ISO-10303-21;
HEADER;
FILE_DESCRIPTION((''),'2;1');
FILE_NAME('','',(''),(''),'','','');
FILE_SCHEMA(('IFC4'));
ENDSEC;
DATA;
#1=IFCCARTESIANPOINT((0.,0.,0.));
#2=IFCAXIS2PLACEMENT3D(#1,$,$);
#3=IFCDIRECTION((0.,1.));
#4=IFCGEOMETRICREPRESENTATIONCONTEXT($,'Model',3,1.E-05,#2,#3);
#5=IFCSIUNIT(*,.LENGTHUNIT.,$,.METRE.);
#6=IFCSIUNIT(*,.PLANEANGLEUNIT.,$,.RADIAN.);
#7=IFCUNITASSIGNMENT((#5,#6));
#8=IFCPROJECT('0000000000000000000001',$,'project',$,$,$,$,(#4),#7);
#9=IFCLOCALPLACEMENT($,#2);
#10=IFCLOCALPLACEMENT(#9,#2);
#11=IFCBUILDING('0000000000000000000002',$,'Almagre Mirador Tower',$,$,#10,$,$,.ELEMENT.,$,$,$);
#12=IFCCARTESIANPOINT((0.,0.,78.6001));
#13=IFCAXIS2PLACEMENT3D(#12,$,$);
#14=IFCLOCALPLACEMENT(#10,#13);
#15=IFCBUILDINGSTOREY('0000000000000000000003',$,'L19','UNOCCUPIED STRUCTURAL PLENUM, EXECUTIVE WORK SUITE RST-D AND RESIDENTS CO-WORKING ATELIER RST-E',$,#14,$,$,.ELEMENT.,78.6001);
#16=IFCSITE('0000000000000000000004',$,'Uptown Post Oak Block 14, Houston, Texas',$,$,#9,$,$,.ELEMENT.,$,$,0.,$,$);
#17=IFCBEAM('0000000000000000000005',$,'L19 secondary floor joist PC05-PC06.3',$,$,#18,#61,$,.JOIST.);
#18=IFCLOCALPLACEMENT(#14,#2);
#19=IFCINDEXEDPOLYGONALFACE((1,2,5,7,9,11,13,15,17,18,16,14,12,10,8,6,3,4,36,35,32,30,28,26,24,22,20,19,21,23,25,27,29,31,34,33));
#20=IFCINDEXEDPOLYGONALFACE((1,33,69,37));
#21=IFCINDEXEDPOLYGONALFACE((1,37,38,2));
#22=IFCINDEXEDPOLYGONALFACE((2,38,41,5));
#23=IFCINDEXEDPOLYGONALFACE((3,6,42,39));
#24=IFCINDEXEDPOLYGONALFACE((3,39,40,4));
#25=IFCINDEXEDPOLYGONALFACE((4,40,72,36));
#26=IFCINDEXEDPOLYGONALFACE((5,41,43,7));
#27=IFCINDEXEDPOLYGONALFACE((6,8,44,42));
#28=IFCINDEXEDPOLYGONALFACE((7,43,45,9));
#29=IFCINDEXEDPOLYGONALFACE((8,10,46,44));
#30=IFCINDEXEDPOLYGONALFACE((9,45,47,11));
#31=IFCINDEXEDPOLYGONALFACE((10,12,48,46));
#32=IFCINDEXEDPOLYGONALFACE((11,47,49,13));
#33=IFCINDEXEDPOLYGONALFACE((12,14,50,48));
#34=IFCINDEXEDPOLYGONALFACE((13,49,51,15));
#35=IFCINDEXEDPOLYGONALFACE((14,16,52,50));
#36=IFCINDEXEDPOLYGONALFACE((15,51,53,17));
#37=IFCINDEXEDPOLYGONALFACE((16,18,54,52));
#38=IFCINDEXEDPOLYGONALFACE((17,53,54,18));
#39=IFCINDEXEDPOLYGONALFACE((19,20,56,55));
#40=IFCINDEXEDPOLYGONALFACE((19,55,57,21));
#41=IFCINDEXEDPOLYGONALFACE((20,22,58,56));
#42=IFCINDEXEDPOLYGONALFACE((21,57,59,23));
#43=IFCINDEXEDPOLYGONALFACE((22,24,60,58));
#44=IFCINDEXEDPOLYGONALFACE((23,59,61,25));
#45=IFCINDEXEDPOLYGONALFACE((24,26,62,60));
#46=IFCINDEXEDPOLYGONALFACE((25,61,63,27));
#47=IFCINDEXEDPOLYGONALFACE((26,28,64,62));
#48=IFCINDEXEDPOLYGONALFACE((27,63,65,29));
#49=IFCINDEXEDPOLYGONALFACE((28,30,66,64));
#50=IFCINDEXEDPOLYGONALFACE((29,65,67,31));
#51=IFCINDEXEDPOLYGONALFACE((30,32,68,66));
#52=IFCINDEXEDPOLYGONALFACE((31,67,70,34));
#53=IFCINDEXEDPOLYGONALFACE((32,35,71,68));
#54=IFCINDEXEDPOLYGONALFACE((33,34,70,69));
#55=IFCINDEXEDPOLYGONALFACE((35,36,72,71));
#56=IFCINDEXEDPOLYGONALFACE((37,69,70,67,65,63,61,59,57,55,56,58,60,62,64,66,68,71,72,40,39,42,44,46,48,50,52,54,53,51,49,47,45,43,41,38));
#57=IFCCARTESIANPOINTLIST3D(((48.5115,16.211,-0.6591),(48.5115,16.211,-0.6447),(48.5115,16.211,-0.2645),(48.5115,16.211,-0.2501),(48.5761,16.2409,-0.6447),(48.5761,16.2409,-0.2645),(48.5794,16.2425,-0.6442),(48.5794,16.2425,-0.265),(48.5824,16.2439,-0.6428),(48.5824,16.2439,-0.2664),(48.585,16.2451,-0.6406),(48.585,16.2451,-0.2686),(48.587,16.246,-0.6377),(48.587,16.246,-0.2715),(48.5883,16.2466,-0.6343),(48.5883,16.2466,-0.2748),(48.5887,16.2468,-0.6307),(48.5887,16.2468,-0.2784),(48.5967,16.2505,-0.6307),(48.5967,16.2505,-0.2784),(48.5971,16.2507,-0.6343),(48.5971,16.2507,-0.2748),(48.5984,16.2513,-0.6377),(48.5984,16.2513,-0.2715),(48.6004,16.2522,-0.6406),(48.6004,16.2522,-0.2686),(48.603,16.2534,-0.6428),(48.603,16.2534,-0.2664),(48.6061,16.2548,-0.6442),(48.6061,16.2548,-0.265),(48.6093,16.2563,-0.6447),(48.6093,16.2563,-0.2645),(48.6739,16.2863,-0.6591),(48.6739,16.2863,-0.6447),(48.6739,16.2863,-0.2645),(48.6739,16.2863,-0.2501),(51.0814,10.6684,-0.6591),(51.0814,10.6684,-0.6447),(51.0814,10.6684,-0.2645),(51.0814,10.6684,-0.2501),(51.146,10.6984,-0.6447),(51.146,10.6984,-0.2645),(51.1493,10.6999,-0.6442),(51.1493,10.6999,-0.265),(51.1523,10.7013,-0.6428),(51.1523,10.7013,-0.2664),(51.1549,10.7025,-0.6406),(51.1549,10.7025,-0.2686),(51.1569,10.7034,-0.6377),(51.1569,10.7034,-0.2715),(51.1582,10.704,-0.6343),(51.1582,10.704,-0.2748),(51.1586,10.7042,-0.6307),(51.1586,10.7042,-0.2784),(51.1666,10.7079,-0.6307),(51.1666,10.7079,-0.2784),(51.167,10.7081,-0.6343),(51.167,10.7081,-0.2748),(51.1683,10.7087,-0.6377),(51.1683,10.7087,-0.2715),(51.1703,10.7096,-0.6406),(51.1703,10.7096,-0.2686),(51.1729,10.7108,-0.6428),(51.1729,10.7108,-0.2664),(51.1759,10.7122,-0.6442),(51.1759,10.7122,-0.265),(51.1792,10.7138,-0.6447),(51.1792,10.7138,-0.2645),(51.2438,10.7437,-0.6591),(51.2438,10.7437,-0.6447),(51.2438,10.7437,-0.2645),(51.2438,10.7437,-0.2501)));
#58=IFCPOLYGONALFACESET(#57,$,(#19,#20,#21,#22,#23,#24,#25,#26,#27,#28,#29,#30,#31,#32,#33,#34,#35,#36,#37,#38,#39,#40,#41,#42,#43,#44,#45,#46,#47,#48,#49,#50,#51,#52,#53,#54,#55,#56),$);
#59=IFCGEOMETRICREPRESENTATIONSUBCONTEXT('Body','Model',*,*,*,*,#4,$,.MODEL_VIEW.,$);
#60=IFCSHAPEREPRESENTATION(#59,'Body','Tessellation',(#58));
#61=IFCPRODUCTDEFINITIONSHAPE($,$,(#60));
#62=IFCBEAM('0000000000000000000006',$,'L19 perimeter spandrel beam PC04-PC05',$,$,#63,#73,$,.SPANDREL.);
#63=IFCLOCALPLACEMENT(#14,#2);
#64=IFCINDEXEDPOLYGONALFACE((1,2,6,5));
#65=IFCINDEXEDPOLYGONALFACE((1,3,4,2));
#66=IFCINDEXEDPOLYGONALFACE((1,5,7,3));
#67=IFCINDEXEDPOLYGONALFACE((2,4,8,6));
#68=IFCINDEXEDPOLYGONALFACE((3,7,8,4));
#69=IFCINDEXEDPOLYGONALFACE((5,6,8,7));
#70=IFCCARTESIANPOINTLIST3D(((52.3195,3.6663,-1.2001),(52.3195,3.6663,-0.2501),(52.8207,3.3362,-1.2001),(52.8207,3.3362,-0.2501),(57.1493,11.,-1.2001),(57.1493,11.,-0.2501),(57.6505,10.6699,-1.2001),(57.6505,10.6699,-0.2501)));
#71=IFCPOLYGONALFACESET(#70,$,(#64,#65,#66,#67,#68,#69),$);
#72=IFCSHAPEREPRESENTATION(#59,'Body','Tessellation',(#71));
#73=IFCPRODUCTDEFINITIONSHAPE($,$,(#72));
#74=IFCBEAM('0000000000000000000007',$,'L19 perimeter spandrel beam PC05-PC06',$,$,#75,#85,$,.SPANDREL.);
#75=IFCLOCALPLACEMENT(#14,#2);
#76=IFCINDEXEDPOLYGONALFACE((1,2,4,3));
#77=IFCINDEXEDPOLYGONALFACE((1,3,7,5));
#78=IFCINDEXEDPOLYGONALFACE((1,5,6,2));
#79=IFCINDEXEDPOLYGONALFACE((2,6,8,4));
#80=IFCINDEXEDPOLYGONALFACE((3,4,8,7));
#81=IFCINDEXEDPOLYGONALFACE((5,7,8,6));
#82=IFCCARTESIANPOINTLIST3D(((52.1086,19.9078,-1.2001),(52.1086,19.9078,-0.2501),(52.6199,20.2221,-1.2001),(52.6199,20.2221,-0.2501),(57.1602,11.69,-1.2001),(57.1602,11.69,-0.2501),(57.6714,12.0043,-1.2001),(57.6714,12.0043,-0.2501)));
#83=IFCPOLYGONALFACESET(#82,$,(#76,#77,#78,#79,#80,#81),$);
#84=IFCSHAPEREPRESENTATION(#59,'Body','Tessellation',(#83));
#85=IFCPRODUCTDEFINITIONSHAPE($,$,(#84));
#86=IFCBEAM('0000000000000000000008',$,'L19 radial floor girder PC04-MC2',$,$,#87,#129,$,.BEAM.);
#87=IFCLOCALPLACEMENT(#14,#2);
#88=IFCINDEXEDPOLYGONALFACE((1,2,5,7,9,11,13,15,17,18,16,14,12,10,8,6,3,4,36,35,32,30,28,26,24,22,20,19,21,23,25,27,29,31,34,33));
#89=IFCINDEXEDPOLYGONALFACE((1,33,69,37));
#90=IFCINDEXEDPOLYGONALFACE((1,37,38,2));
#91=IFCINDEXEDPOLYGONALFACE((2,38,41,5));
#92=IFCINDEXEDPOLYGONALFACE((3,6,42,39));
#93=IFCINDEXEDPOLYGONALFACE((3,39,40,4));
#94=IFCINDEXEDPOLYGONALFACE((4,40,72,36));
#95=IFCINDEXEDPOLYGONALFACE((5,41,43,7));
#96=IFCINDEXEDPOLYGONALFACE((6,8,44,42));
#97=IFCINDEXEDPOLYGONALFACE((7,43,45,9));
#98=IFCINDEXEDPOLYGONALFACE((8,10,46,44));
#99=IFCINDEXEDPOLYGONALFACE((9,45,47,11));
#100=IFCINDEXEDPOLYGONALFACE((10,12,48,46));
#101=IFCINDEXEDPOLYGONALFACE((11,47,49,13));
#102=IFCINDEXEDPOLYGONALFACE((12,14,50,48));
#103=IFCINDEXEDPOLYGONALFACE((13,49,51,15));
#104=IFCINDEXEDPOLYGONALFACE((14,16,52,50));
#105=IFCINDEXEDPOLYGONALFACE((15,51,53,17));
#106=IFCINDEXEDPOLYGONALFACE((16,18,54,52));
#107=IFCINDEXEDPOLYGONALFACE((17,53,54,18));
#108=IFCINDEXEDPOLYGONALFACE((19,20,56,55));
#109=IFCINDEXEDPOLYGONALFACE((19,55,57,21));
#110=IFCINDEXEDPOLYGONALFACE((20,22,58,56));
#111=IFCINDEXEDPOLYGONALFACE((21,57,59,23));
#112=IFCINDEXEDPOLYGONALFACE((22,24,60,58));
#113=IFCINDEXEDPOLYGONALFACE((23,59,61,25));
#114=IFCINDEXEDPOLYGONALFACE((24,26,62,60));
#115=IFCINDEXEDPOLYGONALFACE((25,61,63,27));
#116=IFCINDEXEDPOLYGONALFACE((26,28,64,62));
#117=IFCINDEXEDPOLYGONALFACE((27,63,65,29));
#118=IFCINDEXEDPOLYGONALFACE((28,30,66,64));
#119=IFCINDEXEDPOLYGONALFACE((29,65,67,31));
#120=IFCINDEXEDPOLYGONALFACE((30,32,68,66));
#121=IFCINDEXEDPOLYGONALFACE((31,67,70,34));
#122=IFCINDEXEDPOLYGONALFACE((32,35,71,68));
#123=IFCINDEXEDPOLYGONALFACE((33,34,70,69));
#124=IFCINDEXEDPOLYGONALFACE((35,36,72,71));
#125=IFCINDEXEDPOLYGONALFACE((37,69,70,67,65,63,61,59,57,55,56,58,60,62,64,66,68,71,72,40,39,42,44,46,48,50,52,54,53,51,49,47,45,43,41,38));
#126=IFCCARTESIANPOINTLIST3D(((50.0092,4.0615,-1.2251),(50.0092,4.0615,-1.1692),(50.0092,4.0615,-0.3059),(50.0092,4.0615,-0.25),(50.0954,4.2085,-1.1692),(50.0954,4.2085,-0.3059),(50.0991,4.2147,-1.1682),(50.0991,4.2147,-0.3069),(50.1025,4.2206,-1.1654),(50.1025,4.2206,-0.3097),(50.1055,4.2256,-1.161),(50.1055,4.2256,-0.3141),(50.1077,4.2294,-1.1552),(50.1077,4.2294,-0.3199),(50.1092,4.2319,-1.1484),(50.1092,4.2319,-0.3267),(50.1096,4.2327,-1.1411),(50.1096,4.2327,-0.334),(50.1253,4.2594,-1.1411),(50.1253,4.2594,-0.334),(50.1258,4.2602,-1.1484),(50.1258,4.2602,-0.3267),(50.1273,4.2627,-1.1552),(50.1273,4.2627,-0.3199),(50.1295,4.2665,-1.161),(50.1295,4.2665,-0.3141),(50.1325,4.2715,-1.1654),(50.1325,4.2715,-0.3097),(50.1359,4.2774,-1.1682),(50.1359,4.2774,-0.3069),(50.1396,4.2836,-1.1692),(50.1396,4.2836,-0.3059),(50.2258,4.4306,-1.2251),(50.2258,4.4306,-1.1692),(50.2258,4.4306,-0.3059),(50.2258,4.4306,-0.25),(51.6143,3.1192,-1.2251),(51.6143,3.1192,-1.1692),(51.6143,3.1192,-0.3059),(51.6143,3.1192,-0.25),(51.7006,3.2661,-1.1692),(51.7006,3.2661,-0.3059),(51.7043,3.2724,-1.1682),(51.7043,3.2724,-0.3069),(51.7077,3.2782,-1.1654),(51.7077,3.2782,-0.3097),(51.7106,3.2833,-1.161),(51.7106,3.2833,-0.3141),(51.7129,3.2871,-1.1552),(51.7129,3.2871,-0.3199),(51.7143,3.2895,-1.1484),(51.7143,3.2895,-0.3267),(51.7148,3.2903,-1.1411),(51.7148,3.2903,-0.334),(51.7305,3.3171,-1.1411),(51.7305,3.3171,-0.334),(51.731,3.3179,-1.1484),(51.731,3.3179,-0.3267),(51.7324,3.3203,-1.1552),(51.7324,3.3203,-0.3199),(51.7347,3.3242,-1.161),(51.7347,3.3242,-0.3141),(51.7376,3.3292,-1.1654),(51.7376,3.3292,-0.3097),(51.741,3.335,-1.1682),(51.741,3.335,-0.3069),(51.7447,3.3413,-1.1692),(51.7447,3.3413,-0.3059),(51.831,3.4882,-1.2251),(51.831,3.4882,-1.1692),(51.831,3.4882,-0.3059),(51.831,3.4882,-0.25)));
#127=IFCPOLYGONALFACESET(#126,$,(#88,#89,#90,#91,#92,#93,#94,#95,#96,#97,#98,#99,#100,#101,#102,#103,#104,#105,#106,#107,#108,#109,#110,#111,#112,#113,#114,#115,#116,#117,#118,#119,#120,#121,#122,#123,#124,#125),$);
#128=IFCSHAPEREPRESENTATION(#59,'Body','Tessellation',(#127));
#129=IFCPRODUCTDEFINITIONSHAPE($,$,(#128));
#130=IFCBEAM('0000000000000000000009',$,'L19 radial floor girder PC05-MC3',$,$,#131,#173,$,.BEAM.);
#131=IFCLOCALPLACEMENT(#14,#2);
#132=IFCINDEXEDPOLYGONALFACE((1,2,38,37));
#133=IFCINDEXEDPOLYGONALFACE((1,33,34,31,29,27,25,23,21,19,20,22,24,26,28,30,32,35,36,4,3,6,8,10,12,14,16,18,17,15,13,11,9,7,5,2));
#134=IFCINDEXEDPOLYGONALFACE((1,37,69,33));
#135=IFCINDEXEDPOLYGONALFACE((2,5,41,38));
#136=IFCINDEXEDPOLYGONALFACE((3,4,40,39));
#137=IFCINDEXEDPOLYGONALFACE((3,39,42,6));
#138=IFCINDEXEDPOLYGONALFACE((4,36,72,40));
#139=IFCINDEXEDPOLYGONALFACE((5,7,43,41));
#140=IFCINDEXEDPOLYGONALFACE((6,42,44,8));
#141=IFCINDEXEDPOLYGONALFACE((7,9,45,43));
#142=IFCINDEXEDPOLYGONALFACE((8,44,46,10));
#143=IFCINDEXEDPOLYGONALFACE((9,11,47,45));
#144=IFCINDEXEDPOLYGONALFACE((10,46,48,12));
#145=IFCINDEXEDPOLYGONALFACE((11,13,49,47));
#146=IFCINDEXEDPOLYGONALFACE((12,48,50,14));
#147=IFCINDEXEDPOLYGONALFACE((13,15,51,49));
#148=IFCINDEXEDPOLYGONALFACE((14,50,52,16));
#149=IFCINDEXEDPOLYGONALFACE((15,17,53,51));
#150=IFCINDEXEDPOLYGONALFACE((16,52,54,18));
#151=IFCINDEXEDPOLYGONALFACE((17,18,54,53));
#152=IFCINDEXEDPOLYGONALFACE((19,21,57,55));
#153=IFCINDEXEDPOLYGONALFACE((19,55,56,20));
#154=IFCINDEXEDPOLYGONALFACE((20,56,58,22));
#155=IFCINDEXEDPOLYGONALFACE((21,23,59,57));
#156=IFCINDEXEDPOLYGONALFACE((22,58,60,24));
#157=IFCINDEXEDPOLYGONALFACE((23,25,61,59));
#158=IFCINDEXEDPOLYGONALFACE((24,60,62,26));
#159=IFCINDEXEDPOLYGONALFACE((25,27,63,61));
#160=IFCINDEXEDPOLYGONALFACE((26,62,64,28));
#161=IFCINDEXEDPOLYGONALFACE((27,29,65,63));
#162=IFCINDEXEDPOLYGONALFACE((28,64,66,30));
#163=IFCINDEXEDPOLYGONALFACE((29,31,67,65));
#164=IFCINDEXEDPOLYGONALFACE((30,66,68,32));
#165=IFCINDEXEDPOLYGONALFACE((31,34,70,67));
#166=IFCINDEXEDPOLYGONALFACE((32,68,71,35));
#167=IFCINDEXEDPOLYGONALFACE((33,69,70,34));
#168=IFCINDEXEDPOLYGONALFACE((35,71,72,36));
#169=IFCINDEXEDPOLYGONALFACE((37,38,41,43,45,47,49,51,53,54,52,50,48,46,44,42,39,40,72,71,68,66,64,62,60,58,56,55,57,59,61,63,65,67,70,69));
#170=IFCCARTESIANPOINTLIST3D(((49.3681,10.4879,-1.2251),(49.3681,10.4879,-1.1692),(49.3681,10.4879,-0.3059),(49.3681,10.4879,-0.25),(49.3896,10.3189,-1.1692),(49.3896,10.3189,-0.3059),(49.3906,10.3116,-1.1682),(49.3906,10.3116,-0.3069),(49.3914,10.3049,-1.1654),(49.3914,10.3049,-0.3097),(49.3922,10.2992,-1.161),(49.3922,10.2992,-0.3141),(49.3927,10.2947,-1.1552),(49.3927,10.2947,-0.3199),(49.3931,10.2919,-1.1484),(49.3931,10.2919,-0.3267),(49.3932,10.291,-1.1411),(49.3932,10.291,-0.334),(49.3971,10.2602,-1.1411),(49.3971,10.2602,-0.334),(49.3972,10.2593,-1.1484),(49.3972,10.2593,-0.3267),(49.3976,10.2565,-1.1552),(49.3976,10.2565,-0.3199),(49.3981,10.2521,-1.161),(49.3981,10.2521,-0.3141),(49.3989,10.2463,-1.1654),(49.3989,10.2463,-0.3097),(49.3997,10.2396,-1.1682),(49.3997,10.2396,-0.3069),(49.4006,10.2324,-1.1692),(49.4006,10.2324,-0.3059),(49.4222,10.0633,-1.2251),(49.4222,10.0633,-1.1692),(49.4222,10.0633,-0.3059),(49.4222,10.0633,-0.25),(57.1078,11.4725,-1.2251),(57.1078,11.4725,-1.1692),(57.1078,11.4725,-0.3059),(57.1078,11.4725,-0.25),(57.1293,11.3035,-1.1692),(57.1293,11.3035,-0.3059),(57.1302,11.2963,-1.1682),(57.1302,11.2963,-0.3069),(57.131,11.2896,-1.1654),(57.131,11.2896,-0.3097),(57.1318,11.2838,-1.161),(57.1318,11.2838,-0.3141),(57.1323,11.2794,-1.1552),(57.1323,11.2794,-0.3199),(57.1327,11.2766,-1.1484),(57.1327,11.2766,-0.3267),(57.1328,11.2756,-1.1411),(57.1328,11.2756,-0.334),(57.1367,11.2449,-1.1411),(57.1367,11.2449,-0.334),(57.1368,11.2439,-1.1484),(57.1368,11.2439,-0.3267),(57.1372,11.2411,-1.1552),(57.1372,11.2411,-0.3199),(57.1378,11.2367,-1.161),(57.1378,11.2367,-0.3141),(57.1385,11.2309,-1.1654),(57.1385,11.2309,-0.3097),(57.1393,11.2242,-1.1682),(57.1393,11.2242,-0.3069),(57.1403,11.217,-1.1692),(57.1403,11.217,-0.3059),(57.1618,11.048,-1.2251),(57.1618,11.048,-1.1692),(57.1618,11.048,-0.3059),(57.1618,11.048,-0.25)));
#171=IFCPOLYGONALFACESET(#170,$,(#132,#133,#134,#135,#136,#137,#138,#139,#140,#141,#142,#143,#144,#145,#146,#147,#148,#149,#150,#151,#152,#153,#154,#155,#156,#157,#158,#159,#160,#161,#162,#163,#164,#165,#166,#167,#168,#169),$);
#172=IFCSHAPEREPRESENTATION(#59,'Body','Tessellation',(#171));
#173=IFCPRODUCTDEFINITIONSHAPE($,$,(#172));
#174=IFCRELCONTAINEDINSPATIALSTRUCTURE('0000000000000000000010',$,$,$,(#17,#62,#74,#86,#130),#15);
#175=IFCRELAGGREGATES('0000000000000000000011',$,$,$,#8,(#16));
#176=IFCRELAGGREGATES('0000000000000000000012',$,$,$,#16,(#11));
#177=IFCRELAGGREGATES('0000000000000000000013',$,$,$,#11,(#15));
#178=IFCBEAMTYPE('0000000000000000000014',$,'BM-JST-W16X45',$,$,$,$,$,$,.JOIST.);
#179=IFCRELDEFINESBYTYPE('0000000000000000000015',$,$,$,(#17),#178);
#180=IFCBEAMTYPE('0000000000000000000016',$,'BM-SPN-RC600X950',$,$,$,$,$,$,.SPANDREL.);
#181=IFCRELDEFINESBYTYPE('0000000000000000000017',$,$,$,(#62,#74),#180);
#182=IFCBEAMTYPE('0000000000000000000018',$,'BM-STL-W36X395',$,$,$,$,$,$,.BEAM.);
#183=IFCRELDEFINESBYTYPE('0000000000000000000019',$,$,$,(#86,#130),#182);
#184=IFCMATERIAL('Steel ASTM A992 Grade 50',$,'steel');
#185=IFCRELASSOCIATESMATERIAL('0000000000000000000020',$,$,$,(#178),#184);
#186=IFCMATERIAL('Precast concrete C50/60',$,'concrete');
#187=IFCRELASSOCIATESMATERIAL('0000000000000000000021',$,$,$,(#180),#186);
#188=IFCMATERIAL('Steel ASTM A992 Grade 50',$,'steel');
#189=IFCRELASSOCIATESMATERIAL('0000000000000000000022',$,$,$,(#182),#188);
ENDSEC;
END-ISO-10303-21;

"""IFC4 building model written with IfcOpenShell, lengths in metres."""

from ifc_helpers import new_model, si_unit, direction, frame, origin, origin_2d, place, context, subcontext, project, spatial, rectangle, i_section, extrude, material, material_profile, profile_set, type_object, element, save


model = new_model("IFC4")

# Units and contexts
model_context = context("Model", 3, precision=1e-05, world=origin(), true_north=direction((0.0, 1.0)))
body_context = subcontext(model_context, "Body", "Model", "MODEL_VIEW")
ifc_project = project(units=[si_unit("LENGTHUNIT", "METRE"), si_unit("PLANEANGLEUNIT", "RADIAN")], contexts=[model_context])

# Site, building, storey
site_placement = place(None, origin())
site = spatial("IfcSite", under=ifc_project, at=site_placement, Name="Uptown Post Oak Block 14, Houston, Texas", CompositionType="ELEMENT", RefElevation=0.0)
building_placement = place(site_placement, origin())
building = spatial("IfcBuilding", under=site, at=building_placement, Name="Almagre Mirador Tower", CompositionType="ELEMENT")
storey_placement = place(building_placement, frame((0.0, 0.0, 78.6001)))
storey = spatial("IfcBuildingStorey", under=building, at=storey_placement, Name="L19", Description="UNOCCUPIED STRUCTURAL PLENUM, EXECUTIVE WORK SUITE RST-D AND RESIDENTS CO-WORKING ATELIER RST-E", CompositionType="ELEMENT", Elevation=78.6001)

# Beams
ifc_material_1 = material(Name="Steel ASTM A992 Grade 50", Category="steel")
ifc_material_profile_1 = material_profile(ifc_material_1, i_section(OverallWidth=0.179, OverallDepth=0.4089, WebThickness=0.0088, FlangeThickness=0.0144, FilletRadius=0.0139, at=origin_2d()), Name="W16X45")
ifc_profile_set_1 = profile_set([ifc_material_profile_1], Name="Steel ASTM A992 Grade 50")
beam_type_1 = type_object("IfcBeamType", Name="BM-JST-W16X45", PredefinedType="JOIST", material=ifc_profile_set_1)
beam_1_placement = place(storey_placement, frame((51.1626, 10.7061, -0.4546), z_axis=(-0.420644, 0.907226, 0.0), x_axis=(-0.907226, -0.420644, 0.0)))
element("IfcBeam", 1, at=beam_1_placement, inside=storey, type_object=beam_type_1, Name="L19 secondary floor joist PC05-PC06.3", PredefinedType="JOIST", context=body_context, shape_type="SweptSolid", body=[
    extrude(i_section(OverallWidth=0.179, OverallDepth=0.4089, WebThickness=0.0088, FlangeThickness=0.0144, FilletRadius=0.0139, at=origin_2d()), origin(), (0.0, 0.0, 1.0), 6.1094),
])
ifc_material_2 = material(Name="Precast concrete C50/60", Category="concrete")
ifc_material_profile_2 = material_profile(ifc_material_2, rectangle(XDim=0.6001, YDim=0.95, at=origin_2d()), Name="RC600X950")
ifc_profile_set_2 = profile_set([ifc_material_profile_2], Name="Precast concrete C50/60")
beam_type_2 = type_object("IfcBeamType", Name="BM-SPN-RC600X950", PredefinedType="SPANDREL", material=ifc_profile_set_2)
beam_2_placement = place(storey_placement, frame((52.5701, 3.5012, -0.7251), z_axis=(0.550014, 0.835155, 0.0), x_axis=(-0.835155, 0.550014, 0.0)))
element("IfcBeam", 2, at=beam_2_placement, inside=storey, type_object=beam_type_2, Name="L19 perimeter spandrel beam PC04-PC05", PredefinedType="SPANDREL", context=body_context, shape_type="SweptSolid", body=[
    extrude(rectangle(XDim=0.6001, YDim=0.95, at=origin_2d()), origin(), (0.0, 0.0, 1.0), 8.7812),
])
beam_3_placement = place(storey_placement, frame((57.4158, 11.8472, -0.7251), z_axis=(-0.523678, 0.851916, 0.0), x_axis=(-0.851916, -0.523678, 0.0)))
element("IfcBeam", 3, at=beam_3_placement, inside=storey, type_object=beam_type_2, Name="L19 perimeter spandrel beam PC05-PC06", PredefinedType="SPANDREL", context=body_context, shape_type="SweptSolid", body=[
    extrude(rectangle(XDim=0.6001, YDim=0.95, at=origin_2d()), origin(), (0.0, 0.0, 1.0), 9.6462),
])
ifc_material_3 = material(Name="Steel ASTM A992 Grade 50", Category="steel")
ifc_material_profile_3 = material_profile(ifc_material_3, i_section(OverallWidth=0.428, OverallDepth=0.9751, WebThickness=0.031, FlangeThickness=0.0559, FilletRadius=0.0281, at=origin_2d()), Name="W36X395")
ifc_profile_set_3 = profile_set([ifc_material_profile_3], Name="Steel ASTM A992 Grade 50")
beam_type_3 = type_object("IfcBeamType", Name="BM-STL-W36X395", PredefinedType="BEAM", material=ifc_profile_set_3)
beam_4_placement = place(storey_placement, frame((51.7227, 3.3037, -0.7375), z_axis=(-0.862372, 0.506275, 0.0), x_axis=(-0.506275, -0.862372, 0.0)))
element("IfcBeam", 4, at=beam_4_placement, inside=storey, type_object=beam_type_3, Name="L19 radial floor girder PC04-MC2", PredefinedType="BEAM", context=body_context, shape_type="SweptSolid", body=[
    extrude(i_section(OverallWidth=0.428, OverallDepth=0.9751, WebThickness=0.031, FlangeThickness=0.0559, FilletRadius=0.0281, at=origin_2d()), origin(), (0.0, 0.0, 1.0), 1.8613),
])
beam_5_placement = place(storey_placement, frame((57.1348, 11.2603, -0.7375), z_axis=(-0.992004, -0.126203, 0.0), x_axis=(0.126203, -0.992004, 0.0)))
element("IfcBeam", 5, at=beam_5_placement, inside=storey, type_object=beam_type_3, Name="L19 radial floor girder PC05-MC3", PredefinedType="BEAM", context=body_context, shape_type="SweptSolid", body=[
    extrude(i_section(OverallWidth=0.428, OverallDepth=0.9751, WebThickness=0.031, FlangeThickness=0.0559, FilletRadius=0.0281, at=origin_2d()), origin(), (0.0, 0.0, 1.0), 7.802),
])

save(model, "model.ifc")
